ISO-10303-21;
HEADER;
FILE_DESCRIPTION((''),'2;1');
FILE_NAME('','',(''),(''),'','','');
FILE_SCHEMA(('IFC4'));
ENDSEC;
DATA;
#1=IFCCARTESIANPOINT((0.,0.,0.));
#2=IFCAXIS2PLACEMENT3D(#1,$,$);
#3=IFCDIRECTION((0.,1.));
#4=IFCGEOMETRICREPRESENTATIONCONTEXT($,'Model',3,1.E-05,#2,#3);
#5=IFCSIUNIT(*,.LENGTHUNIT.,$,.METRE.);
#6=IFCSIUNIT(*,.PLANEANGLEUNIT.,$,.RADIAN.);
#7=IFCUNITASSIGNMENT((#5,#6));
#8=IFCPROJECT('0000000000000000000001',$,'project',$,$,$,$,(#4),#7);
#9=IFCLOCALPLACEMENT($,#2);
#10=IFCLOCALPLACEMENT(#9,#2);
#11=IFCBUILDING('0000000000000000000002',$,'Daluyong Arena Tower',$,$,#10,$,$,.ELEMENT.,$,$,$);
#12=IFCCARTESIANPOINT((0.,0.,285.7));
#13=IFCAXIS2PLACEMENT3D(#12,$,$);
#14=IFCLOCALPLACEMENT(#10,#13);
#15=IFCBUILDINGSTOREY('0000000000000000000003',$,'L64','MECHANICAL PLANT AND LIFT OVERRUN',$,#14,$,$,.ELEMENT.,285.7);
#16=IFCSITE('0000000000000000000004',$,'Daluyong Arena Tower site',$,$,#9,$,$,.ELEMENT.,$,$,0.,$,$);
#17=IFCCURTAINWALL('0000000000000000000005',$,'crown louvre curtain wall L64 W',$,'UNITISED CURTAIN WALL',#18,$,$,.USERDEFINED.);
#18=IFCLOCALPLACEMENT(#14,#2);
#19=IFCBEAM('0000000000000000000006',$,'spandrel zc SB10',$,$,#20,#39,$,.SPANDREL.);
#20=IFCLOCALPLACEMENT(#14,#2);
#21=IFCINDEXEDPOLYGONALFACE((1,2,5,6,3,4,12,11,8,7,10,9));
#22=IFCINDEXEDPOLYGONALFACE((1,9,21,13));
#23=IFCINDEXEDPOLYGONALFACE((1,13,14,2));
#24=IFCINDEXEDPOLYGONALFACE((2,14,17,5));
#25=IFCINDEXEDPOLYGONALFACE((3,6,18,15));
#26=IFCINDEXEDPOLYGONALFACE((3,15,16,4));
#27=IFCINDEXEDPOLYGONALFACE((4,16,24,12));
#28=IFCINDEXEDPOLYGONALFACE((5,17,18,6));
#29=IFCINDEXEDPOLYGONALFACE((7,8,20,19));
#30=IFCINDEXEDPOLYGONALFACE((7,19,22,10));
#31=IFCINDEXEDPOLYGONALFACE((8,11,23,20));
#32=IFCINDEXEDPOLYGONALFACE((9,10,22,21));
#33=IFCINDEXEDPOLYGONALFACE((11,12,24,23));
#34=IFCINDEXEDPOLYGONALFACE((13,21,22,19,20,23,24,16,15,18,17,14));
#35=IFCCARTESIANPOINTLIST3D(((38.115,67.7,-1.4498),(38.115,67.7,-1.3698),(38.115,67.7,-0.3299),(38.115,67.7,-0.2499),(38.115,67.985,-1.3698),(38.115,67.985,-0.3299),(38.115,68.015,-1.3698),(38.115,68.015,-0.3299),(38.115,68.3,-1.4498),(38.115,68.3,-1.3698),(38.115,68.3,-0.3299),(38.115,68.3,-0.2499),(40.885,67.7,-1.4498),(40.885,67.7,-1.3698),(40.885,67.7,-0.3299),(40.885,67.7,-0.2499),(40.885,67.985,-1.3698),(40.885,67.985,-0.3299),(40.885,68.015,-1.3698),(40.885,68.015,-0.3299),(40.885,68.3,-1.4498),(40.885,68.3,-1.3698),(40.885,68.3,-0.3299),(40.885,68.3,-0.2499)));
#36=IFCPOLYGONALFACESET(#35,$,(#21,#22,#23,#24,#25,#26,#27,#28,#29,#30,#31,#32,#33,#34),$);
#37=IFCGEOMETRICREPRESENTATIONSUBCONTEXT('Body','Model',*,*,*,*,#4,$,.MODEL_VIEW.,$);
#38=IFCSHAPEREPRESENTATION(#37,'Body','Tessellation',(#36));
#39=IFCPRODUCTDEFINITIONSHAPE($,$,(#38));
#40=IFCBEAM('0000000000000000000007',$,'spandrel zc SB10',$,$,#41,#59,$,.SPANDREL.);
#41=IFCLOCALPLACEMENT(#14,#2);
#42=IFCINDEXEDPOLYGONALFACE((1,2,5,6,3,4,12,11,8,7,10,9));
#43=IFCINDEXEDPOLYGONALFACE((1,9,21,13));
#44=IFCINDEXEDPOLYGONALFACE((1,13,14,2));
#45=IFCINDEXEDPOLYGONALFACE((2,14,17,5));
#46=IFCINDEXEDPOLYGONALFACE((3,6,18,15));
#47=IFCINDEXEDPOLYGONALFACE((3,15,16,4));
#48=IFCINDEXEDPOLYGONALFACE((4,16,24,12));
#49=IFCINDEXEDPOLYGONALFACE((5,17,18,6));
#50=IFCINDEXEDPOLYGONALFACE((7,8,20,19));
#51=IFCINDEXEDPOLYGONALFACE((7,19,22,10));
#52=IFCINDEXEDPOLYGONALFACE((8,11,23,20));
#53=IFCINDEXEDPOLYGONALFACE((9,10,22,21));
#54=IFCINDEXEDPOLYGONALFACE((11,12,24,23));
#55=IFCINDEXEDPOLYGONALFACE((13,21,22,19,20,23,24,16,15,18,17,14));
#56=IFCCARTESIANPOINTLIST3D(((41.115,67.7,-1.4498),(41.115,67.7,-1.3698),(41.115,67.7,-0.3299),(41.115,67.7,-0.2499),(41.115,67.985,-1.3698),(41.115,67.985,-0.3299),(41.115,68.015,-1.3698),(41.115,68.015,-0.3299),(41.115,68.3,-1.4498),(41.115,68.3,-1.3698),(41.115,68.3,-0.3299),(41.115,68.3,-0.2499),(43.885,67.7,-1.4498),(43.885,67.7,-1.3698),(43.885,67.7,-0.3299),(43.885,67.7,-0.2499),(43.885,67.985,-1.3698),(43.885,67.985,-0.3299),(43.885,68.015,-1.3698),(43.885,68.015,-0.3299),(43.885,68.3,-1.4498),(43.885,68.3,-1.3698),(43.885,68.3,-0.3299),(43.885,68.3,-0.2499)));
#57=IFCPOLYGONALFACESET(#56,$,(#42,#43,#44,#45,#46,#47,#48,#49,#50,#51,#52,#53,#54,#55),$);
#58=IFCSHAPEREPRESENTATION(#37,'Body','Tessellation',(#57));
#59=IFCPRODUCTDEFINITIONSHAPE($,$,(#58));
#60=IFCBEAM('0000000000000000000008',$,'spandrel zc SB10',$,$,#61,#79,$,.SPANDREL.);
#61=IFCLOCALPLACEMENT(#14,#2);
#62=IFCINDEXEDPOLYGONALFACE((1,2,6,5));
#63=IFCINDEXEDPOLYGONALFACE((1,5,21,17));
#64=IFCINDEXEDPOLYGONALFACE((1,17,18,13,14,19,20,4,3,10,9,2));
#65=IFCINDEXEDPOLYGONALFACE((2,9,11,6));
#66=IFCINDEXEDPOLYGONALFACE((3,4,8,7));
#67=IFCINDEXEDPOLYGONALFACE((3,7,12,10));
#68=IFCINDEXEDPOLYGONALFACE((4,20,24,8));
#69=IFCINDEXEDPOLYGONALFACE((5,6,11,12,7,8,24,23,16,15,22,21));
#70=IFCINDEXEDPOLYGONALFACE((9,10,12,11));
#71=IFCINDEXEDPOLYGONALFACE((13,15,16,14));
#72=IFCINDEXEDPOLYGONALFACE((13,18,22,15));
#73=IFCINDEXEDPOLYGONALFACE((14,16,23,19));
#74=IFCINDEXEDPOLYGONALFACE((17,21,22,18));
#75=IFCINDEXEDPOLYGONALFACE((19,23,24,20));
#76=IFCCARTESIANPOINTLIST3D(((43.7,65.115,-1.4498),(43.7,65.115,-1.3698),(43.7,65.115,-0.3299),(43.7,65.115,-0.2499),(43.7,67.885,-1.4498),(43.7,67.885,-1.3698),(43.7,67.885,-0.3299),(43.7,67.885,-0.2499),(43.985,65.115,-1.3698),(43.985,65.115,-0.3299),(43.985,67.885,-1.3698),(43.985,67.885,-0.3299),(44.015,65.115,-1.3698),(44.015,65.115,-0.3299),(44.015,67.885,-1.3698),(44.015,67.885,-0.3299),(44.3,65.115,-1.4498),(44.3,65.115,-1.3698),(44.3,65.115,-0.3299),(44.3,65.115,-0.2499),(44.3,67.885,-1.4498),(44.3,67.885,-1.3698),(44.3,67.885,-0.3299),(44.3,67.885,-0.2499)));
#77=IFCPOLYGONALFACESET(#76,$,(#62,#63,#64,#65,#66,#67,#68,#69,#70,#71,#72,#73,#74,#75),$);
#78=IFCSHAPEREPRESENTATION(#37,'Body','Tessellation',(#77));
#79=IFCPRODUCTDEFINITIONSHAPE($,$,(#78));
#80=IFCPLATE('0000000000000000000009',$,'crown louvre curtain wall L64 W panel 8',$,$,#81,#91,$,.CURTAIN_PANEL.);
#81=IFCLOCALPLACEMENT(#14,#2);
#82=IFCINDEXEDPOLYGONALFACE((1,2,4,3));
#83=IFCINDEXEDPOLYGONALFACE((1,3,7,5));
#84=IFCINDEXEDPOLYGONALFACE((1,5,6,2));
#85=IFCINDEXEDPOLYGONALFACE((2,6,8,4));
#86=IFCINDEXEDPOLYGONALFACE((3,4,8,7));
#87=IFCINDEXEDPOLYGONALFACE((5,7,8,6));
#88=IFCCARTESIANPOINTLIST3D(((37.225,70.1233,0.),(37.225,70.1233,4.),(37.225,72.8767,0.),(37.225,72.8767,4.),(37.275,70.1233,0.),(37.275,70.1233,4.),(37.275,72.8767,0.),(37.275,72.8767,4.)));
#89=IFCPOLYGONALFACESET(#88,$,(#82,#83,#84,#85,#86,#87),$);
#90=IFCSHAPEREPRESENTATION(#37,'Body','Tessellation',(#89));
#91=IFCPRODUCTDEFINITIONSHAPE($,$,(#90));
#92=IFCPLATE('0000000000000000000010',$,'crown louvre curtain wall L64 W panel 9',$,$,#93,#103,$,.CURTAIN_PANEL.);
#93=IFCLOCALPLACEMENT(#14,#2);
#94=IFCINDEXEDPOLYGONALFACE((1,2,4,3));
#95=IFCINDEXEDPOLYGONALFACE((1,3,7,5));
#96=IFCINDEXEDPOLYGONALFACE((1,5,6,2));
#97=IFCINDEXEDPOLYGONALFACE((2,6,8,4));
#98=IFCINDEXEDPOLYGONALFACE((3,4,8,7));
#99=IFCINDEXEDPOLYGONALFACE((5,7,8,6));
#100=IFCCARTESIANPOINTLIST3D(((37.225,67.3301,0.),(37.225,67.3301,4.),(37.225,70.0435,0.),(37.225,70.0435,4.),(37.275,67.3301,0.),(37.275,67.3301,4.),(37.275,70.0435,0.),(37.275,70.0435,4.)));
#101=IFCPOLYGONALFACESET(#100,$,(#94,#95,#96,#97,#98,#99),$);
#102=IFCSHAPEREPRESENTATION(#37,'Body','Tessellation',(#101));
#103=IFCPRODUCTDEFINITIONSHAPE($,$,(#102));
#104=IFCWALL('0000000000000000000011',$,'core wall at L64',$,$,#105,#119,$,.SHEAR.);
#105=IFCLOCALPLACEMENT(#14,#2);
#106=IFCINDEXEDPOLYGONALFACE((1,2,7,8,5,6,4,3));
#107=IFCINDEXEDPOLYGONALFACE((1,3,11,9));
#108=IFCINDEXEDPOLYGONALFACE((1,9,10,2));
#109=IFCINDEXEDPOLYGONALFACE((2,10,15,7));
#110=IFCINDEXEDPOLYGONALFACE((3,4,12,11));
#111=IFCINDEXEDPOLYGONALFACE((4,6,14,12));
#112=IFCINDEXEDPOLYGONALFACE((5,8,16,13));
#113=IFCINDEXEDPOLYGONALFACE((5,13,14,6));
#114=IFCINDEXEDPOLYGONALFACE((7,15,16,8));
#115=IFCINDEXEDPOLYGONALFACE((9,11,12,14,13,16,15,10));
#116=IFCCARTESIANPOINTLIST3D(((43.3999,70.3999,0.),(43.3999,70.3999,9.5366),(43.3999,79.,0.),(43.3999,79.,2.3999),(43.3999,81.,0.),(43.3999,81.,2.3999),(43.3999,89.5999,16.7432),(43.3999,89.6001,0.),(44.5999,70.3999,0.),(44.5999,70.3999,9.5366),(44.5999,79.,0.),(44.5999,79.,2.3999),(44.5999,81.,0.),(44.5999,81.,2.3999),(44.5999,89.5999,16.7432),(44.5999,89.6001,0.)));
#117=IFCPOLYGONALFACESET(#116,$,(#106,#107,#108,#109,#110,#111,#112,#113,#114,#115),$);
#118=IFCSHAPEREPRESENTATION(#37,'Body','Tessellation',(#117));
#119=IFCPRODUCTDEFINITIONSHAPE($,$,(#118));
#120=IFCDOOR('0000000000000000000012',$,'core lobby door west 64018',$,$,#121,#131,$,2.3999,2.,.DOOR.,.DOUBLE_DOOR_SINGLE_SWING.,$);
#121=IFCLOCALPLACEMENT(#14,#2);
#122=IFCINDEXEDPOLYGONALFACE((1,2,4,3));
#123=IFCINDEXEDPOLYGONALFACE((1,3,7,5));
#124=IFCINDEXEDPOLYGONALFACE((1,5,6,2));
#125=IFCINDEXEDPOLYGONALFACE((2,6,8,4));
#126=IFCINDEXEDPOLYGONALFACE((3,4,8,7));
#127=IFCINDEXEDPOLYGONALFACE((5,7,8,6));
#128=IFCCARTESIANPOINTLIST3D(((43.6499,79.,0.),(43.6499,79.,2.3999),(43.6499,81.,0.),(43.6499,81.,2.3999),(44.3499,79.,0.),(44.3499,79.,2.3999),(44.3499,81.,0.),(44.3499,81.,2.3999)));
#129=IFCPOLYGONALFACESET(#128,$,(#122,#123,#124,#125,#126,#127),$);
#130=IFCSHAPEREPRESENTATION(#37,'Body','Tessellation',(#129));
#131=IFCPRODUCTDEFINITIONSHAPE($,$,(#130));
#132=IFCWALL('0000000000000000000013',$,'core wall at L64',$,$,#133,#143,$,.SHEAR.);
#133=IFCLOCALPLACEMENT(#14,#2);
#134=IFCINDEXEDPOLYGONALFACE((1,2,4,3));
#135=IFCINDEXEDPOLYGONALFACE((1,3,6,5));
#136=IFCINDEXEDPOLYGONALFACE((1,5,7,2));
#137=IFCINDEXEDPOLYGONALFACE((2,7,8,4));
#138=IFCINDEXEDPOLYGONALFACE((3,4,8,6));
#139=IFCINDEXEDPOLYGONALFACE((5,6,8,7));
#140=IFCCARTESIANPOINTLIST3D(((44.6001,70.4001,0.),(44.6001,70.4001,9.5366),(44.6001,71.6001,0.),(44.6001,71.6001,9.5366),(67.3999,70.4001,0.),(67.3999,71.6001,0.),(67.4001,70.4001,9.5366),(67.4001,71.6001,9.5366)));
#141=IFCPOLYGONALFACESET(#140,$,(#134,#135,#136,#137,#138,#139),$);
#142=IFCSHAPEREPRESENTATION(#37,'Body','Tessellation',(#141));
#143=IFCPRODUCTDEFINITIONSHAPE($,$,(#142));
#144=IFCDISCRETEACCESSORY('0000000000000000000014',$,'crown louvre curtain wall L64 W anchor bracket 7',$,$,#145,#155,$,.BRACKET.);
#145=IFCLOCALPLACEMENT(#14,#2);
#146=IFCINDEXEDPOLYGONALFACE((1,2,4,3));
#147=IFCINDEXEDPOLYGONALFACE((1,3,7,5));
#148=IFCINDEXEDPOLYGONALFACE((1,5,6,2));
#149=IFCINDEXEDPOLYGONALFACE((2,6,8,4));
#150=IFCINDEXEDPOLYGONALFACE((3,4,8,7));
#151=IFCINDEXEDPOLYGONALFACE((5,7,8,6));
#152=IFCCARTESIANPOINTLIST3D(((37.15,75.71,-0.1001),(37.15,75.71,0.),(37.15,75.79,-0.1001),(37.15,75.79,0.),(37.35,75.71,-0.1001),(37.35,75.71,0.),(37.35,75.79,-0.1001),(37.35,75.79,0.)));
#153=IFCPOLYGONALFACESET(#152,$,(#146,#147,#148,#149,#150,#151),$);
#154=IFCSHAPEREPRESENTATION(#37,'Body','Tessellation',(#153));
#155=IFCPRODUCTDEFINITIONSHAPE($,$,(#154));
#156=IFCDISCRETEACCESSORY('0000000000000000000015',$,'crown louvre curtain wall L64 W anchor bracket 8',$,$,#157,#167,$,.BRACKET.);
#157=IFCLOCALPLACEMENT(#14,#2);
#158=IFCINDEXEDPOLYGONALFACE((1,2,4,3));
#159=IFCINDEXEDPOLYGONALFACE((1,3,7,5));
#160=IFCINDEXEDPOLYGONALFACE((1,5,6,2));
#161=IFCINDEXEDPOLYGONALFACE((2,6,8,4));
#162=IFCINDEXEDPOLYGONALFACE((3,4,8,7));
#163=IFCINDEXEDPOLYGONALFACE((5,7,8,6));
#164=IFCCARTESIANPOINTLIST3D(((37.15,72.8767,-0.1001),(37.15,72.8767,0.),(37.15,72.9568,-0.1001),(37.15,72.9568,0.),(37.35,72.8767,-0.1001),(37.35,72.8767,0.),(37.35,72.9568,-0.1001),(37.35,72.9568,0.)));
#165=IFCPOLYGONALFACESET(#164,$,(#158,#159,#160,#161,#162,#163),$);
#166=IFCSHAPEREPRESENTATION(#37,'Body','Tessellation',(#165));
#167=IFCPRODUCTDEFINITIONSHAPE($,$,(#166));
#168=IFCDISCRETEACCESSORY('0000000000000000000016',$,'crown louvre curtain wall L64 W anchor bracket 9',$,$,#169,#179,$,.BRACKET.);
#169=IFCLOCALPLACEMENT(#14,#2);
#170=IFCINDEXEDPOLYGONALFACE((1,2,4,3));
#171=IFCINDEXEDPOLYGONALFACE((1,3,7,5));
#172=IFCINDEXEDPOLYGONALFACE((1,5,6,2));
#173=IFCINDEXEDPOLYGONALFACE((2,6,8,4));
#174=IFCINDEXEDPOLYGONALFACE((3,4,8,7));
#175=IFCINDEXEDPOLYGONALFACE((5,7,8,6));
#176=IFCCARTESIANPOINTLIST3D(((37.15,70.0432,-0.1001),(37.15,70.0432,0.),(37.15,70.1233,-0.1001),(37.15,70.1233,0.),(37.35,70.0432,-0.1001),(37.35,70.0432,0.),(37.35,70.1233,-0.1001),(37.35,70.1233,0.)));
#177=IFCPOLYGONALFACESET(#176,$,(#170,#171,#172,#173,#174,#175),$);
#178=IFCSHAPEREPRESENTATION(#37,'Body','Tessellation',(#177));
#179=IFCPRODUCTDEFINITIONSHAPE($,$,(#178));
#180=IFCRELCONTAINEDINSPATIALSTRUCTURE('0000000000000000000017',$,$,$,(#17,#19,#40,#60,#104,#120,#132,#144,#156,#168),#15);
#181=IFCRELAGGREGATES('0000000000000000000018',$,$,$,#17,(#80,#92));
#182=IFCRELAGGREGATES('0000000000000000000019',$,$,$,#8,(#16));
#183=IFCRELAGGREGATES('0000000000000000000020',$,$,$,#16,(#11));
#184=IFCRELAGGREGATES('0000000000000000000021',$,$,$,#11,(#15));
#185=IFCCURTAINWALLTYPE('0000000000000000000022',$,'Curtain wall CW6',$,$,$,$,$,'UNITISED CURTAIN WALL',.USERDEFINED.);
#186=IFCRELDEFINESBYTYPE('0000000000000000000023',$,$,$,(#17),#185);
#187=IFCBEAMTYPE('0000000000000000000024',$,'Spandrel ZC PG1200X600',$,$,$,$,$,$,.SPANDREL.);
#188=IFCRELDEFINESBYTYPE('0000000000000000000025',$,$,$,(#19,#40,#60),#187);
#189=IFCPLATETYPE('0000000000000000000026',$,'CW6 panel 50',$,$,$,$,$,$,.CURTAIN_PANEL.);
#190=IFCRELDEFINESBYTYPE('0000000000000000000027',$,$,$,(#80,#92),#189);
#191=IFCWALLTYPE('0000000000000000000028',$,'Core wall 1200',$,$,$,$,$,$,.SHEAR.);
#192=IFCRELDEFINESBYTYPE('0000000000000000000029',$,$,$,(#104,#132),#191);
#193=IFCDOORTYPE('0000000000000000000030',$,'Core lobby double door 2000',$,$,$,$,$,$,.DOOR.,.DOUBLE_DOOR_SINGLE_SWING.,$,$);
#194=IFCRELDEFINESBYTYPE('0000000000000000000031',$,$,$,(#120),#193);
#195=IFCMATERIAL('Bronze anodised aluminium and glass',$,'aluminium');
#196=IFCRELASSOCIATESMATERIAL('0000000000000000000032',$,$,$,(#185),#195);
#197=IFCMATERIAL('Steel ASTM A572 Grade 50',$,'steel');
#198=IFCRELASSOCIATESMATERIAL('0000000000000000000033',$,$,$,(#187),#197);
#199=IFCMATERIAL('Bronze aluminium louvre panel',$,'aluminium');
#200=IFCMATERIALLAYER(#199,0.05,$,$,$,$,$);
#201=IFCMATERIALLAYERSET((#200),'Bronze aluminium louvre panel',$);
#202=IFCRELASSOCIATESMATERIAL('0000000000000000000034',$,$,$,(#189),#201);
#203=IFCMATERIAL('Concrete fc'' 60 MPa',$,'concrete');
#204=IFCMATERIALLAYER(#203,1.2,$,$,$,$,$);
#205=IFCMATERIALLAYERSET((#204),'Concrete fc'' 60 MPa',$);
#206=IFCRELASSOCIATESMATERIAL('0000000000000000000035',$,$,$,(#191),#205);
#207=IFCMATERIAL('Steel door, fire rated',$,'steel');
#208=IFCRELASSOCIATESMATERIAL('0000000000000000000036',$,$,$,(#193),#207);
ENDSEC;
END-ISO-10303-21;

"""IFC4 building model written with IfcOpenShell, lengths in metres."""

from ifc_helpers import new_model, si_unit, direction, frame, frame_2d, origin, origin_2d, place, context, subcontext, project, spatial, polyline, rectangle, i_section, outline, extrude, material, layer, layer_set, material_profile, profile_set, type_object, element, fill, aggregate, save


model = new_model("IFC4")

# Units and contexts
model_context = context("Model", 3, precision=1e-05, world=origin(), true_north=direction((0.0, 1.0)))
body_context = subcontext(model_context, "Body", "Model", "MODEL_VIEW")
ifc_project = project(units=[si_unit("LENGTHUNIT", "METRE"), si_unit("PLANEANGLEUNIT", "RADIAN")], contexts=[model_context])

# Site, building, storey
site_placement = place(None, origin())
site = spatial("IfcSite", under=ifc_project, at=site_placement, Name="Daluyong Arena Tower site", CompositionType="ELEMENT", RefElevation=0.0)
building_placement = place(site_placement, origin())
building = spatial("IfcBuilding", under=site, at=building_placement, Name="Daluyong Arena Tower", CompositionType="ELEMENT")
storey_placement = place(building_placement, frame((0.0, 0.0, 285.7)))
storey = spatial("IfcBuildingStorey", under=building, at=storey_placement, Name="L64", Description="MECHANICAL PLANT AND LIFT OVERRUN", CompositionType="ELEMENT", Elevation=285.7)

# Curtain wall
ifc_material_1 = material(Name="Bronze anodised aluminium and glass", Category="aluminium")
curtain_wall_type = type_object("IfcCurtainWallType", Name="Curtain wall CW6", ElementType="UNITISED CURTAIN WALL", PredefinedType="USERDEFINED", material=ifc_material_1)
curtain_wall_placement = place(storey_placement, origin())
curtain_wall = element("IfcCurtainWall", 1, at=curtain_wall_placement, inside=storey, type_object=curtain_wall_type, Name="crown louvre curtain wall L64 W", ObjectType="UNITISED CURTAIN WALL", PredefinedType="USERDEFINED")

# Beams
ifc_material_2 = material(Name="Steel ASTM A572 Grade 50", Category="steel")
ifc_material_profile_1 = material_profile(ifc_material_2, i_section(OverallWidth=0.6001, OverallDepth=1.2, WebThickness=0.03, FlangeThickness=0.08, at=origin_2d()))
ifc_profile_set_1 = profile_set([ifc_material_profile_1], Name="Steel ASTM A572 Grade 50")
beam_type_1 = type_object("IfcBeamType", Name="Spandrel ZC PG1200X600", PredefinedType="SPANDREL", material=ifc_profile_set_1)
for number, where, z_axis, x_axis, name in (
    (2, (38.115, 68.0, -0.8499), (1.0, 0.0, 0.0), (0.0, 1.0, 0.0), "spandrel zc SB10"),
    (3, (41.115, 68.0, -0.8499), (1.0, 0.0, 0.0), (0.0, 1.0, 0.0), "spandrel zc SB10"),
    (4, (44.0, 67.885, -0.8499), (0.0, -1.0, 0.0), (1.0, 0.0, 0.0), "spandrel zc SB10"),
):
    element("IfcBeam", number, at=place(storey_placement, frame(where, z_axis=z_axis, x_axis=x_axis)), inside=storey, type_object=beam_type_1, Name=name, PredefinedType="SPANDREL", context=body_context, shape_type="SweptSolid", body=[
        extrude(i_section(OverallWidth=0.6001, OverallDepth=1.2, WebThickness=0.03, FlangeThickness=0.08, at=origin_2d()), origin(), (0.0, 0.0, 1.0), 2.77),
    ])

# Plates
ifc_material_3 = material(Name="Bronze aluminium louvre panel", Category="aluminium")
ifc_layer_1 = layer(ifc_material_3, 0.05)
ifc_layer_set_1 = layer_set([ifc_layer_1], Name="Bronze aluminium louvre panel")
plate_type = type_object("IfcPlateType", Name="CW6 panel 50", PredefinedType="CURTAIN_PANEL", material=ifc_layer_set_1)
plate_1_placement = place(storey_placement, frame((37.25, 71.5, 0.0), z_axis=(0.0, 0.0, 1.0), x_axis=(0.0, -1.0, 0.0)))
plate_1 = element("IfcPlate", 5, at=plate_1_placement, type_object=plate_type, Name="crown louvre curtain wall L64 W panel 8", PredefinedType="CURTAIN_PANEL", context=body_context, shape_type="SweptSolid", body=[
    extrude(rectangle(XDim=2.7534, YDim=0.05, at=origin_2d()), origin(), (0.0, 0.0, 1.0), 4.0),
])
plate_2_placement = place(storey_placement, frame((37.25, 68.6868, 0.0), z_axis=(0.0, 0.0, 1.0), x_axis=(0.0, -1.0, 0.0)))
plate_2 = element("IfcPlate", 6, at=plate_2_placement, type_object=plate_type, Name="crown louvre curtain wall L64 W panel 9", PredefinedType="CURTAIN_PANEL", context=body_context, shape_type="SweptSolid", body=[
    extrude(rectangle(XDim=2.7134, YDim=0.05, at=origin_2d()), origin(), (0.0, 0.0, 1.0), 4.0),
])
aggregate(curtain_wall, [plate_1, plate_2])

# Wall, opening, door
ifc_material_4 = material(Name="Concrete fc' 60 MPa", Category="concrete")
ifc_layer_2 = layer(ifc_material_4, 1.2)
ifc_layer_set_2 = layer_set([ifc_layer_2], Name="Concrete fc' 60 MPa")
wall_type = type_object("IfcWallType", Name="Core wall 1200", PredefinedType="SHEAR", material=ifc_layer_set_2)
wall_1_placement = place(storey_placement, frame((44.0, 70.3999, 0.0), z_axis=(0.0, 0.0, 1.0), x_axis=(0.0, 1.0, 0.0)))
wall_1 = element("IfcWall", 7, at=wall_1_placement, inside=storey, type_object=wall_type, Name="core wall at L64", PredefinedType="SHEAR", context=body_context, shape_type="SweptSolid", body=[
    extrude(outline(polyline([(0.0, 0.0), (19.2002, 0.0), (19.2, 16.7432), (0.0, 9.5366), (0.0, 0.0)])), frame((0.0, 0.6001, 0.0), z_axis=(0.0, -1.0, 0.0), x_axis=(1.0, 0.0, 0.0)), (0.0, 0.0, 1.0), 1.2),
])
opening_placement = place(wall_1_placement, frame((8.6001, 0.0, 0.0)))
opening = element("IfcOpeningElement", 8, at=opening_placement, cuts=wall_1, PredefinedType="OPENING", context=body_context, shape_type="SweptSolid", body=[
    extrude(rectangle(XDim=2.0, YDim=2.3999, at=frame_2d((1.0, 1.2))), frame((0.0, 0.6099, 0.0), z_axis=(0.0, -1.0, 0.0), x_axis=(1.0, 0.0, 0.0)), (0.0, 0.0, 1.0), 1.22),
])
ifc_material_5 = material(Name="Steel door, fire rated", Category="steel")
door_type = type_object("IfcDoorType", Name="Core lobby double door 2000", OperationType="DOUBLE_DOOR_SINGLE_SWING", PredefinedType="DOOR", material=ifc_material_5)
door_placement = place(opening_placement, origin())
door = element("IfcDoor", 9, at=door_placement, inside=storey, type_object=door_type, Name="core lobby door west 64018", OperationType="DOUBLE_DOOR_SINGLE_SWING", OverallHeight=2.3999, OverallWidth=2.0, PredefinedType="DOOR", context=body_context, shape_type="SweptSolid", body=[
    extrude(rectangle(XDim=2.0, YDim=2.3999, at=frame_2d((1.0, 1.2))), frame((0.0, 0.3501, 0.0), z_axis=(0.0, -1.0, 0.0), x_axis=(1.0, 0.0, 0.0)), (0.0, 0.0, 1.0), 0.7),
])
fill(opening, door)

# Wall
wall_2_placement = place(storey_placement, frame((44.6001, 71.0, 0.0), z_axis=(0.0, 0.0, 1.0), x_axis=(1.0, 0.0, 0.0)))
element("IfcWall", 10, at=wall_2_placement, inside=storey, type_object=wall_type, Name="core wall at L64", PredefinedType="SHEAR", context=body_context, shape_type="SweptSolid", body=[
    extrude(outline(polyline([(0.0, 0.0), (22.7998, 0.0), (22.8, 9.5366), (0.0, 9.5366), (0.0, 0.0)])), frame((0.0, 0.6001, 0.0), z_axis=(0.0, -1.0, 0.0), x_axis=(1.0, 0.0, 0.0)), (0.0, 0.0, 1.0), 1.2),
])

# Discrete accessories
for number, where, z_axis, x_axis, name in (
    (11, (37.25, 75.75, -0.1001), (0.0, 0.0, 1.0), (0.0, -1.0, 0.0), "crown louvre curtain wall L64 W anchor bracket 7"),
    (12, (37.25, 72.9167, -0.1001), (0.0, 0.0, 1.0), (0.0, -1.0, 0.0), "crown louvre curtain wall L64 W anchor bracket 8"),
    (13, (37.25, 70.0833, -0.1001), (0.0, 0.0, 1.0), (0.0, -1.0, 0.0), "crown louvre curtain wall L64 W anchor bracket 9"),
):
    element("IfcDiscreteAccessory", number, at=place(storey_placement, frame(where, z_axis=z_axis, x_axis=x_axis)), inside=storey, Name=name, PredefinedType="BRACKET", context=body_context, shape_type="SweptSolid", body=[
        extrude(rectangle(XDim=0.0801, YDim=0.2, at=origin_2d()), origin(), (0.0, 0.0, 1.0), 0.1001),
    ])

save(model, "model.ifc")
